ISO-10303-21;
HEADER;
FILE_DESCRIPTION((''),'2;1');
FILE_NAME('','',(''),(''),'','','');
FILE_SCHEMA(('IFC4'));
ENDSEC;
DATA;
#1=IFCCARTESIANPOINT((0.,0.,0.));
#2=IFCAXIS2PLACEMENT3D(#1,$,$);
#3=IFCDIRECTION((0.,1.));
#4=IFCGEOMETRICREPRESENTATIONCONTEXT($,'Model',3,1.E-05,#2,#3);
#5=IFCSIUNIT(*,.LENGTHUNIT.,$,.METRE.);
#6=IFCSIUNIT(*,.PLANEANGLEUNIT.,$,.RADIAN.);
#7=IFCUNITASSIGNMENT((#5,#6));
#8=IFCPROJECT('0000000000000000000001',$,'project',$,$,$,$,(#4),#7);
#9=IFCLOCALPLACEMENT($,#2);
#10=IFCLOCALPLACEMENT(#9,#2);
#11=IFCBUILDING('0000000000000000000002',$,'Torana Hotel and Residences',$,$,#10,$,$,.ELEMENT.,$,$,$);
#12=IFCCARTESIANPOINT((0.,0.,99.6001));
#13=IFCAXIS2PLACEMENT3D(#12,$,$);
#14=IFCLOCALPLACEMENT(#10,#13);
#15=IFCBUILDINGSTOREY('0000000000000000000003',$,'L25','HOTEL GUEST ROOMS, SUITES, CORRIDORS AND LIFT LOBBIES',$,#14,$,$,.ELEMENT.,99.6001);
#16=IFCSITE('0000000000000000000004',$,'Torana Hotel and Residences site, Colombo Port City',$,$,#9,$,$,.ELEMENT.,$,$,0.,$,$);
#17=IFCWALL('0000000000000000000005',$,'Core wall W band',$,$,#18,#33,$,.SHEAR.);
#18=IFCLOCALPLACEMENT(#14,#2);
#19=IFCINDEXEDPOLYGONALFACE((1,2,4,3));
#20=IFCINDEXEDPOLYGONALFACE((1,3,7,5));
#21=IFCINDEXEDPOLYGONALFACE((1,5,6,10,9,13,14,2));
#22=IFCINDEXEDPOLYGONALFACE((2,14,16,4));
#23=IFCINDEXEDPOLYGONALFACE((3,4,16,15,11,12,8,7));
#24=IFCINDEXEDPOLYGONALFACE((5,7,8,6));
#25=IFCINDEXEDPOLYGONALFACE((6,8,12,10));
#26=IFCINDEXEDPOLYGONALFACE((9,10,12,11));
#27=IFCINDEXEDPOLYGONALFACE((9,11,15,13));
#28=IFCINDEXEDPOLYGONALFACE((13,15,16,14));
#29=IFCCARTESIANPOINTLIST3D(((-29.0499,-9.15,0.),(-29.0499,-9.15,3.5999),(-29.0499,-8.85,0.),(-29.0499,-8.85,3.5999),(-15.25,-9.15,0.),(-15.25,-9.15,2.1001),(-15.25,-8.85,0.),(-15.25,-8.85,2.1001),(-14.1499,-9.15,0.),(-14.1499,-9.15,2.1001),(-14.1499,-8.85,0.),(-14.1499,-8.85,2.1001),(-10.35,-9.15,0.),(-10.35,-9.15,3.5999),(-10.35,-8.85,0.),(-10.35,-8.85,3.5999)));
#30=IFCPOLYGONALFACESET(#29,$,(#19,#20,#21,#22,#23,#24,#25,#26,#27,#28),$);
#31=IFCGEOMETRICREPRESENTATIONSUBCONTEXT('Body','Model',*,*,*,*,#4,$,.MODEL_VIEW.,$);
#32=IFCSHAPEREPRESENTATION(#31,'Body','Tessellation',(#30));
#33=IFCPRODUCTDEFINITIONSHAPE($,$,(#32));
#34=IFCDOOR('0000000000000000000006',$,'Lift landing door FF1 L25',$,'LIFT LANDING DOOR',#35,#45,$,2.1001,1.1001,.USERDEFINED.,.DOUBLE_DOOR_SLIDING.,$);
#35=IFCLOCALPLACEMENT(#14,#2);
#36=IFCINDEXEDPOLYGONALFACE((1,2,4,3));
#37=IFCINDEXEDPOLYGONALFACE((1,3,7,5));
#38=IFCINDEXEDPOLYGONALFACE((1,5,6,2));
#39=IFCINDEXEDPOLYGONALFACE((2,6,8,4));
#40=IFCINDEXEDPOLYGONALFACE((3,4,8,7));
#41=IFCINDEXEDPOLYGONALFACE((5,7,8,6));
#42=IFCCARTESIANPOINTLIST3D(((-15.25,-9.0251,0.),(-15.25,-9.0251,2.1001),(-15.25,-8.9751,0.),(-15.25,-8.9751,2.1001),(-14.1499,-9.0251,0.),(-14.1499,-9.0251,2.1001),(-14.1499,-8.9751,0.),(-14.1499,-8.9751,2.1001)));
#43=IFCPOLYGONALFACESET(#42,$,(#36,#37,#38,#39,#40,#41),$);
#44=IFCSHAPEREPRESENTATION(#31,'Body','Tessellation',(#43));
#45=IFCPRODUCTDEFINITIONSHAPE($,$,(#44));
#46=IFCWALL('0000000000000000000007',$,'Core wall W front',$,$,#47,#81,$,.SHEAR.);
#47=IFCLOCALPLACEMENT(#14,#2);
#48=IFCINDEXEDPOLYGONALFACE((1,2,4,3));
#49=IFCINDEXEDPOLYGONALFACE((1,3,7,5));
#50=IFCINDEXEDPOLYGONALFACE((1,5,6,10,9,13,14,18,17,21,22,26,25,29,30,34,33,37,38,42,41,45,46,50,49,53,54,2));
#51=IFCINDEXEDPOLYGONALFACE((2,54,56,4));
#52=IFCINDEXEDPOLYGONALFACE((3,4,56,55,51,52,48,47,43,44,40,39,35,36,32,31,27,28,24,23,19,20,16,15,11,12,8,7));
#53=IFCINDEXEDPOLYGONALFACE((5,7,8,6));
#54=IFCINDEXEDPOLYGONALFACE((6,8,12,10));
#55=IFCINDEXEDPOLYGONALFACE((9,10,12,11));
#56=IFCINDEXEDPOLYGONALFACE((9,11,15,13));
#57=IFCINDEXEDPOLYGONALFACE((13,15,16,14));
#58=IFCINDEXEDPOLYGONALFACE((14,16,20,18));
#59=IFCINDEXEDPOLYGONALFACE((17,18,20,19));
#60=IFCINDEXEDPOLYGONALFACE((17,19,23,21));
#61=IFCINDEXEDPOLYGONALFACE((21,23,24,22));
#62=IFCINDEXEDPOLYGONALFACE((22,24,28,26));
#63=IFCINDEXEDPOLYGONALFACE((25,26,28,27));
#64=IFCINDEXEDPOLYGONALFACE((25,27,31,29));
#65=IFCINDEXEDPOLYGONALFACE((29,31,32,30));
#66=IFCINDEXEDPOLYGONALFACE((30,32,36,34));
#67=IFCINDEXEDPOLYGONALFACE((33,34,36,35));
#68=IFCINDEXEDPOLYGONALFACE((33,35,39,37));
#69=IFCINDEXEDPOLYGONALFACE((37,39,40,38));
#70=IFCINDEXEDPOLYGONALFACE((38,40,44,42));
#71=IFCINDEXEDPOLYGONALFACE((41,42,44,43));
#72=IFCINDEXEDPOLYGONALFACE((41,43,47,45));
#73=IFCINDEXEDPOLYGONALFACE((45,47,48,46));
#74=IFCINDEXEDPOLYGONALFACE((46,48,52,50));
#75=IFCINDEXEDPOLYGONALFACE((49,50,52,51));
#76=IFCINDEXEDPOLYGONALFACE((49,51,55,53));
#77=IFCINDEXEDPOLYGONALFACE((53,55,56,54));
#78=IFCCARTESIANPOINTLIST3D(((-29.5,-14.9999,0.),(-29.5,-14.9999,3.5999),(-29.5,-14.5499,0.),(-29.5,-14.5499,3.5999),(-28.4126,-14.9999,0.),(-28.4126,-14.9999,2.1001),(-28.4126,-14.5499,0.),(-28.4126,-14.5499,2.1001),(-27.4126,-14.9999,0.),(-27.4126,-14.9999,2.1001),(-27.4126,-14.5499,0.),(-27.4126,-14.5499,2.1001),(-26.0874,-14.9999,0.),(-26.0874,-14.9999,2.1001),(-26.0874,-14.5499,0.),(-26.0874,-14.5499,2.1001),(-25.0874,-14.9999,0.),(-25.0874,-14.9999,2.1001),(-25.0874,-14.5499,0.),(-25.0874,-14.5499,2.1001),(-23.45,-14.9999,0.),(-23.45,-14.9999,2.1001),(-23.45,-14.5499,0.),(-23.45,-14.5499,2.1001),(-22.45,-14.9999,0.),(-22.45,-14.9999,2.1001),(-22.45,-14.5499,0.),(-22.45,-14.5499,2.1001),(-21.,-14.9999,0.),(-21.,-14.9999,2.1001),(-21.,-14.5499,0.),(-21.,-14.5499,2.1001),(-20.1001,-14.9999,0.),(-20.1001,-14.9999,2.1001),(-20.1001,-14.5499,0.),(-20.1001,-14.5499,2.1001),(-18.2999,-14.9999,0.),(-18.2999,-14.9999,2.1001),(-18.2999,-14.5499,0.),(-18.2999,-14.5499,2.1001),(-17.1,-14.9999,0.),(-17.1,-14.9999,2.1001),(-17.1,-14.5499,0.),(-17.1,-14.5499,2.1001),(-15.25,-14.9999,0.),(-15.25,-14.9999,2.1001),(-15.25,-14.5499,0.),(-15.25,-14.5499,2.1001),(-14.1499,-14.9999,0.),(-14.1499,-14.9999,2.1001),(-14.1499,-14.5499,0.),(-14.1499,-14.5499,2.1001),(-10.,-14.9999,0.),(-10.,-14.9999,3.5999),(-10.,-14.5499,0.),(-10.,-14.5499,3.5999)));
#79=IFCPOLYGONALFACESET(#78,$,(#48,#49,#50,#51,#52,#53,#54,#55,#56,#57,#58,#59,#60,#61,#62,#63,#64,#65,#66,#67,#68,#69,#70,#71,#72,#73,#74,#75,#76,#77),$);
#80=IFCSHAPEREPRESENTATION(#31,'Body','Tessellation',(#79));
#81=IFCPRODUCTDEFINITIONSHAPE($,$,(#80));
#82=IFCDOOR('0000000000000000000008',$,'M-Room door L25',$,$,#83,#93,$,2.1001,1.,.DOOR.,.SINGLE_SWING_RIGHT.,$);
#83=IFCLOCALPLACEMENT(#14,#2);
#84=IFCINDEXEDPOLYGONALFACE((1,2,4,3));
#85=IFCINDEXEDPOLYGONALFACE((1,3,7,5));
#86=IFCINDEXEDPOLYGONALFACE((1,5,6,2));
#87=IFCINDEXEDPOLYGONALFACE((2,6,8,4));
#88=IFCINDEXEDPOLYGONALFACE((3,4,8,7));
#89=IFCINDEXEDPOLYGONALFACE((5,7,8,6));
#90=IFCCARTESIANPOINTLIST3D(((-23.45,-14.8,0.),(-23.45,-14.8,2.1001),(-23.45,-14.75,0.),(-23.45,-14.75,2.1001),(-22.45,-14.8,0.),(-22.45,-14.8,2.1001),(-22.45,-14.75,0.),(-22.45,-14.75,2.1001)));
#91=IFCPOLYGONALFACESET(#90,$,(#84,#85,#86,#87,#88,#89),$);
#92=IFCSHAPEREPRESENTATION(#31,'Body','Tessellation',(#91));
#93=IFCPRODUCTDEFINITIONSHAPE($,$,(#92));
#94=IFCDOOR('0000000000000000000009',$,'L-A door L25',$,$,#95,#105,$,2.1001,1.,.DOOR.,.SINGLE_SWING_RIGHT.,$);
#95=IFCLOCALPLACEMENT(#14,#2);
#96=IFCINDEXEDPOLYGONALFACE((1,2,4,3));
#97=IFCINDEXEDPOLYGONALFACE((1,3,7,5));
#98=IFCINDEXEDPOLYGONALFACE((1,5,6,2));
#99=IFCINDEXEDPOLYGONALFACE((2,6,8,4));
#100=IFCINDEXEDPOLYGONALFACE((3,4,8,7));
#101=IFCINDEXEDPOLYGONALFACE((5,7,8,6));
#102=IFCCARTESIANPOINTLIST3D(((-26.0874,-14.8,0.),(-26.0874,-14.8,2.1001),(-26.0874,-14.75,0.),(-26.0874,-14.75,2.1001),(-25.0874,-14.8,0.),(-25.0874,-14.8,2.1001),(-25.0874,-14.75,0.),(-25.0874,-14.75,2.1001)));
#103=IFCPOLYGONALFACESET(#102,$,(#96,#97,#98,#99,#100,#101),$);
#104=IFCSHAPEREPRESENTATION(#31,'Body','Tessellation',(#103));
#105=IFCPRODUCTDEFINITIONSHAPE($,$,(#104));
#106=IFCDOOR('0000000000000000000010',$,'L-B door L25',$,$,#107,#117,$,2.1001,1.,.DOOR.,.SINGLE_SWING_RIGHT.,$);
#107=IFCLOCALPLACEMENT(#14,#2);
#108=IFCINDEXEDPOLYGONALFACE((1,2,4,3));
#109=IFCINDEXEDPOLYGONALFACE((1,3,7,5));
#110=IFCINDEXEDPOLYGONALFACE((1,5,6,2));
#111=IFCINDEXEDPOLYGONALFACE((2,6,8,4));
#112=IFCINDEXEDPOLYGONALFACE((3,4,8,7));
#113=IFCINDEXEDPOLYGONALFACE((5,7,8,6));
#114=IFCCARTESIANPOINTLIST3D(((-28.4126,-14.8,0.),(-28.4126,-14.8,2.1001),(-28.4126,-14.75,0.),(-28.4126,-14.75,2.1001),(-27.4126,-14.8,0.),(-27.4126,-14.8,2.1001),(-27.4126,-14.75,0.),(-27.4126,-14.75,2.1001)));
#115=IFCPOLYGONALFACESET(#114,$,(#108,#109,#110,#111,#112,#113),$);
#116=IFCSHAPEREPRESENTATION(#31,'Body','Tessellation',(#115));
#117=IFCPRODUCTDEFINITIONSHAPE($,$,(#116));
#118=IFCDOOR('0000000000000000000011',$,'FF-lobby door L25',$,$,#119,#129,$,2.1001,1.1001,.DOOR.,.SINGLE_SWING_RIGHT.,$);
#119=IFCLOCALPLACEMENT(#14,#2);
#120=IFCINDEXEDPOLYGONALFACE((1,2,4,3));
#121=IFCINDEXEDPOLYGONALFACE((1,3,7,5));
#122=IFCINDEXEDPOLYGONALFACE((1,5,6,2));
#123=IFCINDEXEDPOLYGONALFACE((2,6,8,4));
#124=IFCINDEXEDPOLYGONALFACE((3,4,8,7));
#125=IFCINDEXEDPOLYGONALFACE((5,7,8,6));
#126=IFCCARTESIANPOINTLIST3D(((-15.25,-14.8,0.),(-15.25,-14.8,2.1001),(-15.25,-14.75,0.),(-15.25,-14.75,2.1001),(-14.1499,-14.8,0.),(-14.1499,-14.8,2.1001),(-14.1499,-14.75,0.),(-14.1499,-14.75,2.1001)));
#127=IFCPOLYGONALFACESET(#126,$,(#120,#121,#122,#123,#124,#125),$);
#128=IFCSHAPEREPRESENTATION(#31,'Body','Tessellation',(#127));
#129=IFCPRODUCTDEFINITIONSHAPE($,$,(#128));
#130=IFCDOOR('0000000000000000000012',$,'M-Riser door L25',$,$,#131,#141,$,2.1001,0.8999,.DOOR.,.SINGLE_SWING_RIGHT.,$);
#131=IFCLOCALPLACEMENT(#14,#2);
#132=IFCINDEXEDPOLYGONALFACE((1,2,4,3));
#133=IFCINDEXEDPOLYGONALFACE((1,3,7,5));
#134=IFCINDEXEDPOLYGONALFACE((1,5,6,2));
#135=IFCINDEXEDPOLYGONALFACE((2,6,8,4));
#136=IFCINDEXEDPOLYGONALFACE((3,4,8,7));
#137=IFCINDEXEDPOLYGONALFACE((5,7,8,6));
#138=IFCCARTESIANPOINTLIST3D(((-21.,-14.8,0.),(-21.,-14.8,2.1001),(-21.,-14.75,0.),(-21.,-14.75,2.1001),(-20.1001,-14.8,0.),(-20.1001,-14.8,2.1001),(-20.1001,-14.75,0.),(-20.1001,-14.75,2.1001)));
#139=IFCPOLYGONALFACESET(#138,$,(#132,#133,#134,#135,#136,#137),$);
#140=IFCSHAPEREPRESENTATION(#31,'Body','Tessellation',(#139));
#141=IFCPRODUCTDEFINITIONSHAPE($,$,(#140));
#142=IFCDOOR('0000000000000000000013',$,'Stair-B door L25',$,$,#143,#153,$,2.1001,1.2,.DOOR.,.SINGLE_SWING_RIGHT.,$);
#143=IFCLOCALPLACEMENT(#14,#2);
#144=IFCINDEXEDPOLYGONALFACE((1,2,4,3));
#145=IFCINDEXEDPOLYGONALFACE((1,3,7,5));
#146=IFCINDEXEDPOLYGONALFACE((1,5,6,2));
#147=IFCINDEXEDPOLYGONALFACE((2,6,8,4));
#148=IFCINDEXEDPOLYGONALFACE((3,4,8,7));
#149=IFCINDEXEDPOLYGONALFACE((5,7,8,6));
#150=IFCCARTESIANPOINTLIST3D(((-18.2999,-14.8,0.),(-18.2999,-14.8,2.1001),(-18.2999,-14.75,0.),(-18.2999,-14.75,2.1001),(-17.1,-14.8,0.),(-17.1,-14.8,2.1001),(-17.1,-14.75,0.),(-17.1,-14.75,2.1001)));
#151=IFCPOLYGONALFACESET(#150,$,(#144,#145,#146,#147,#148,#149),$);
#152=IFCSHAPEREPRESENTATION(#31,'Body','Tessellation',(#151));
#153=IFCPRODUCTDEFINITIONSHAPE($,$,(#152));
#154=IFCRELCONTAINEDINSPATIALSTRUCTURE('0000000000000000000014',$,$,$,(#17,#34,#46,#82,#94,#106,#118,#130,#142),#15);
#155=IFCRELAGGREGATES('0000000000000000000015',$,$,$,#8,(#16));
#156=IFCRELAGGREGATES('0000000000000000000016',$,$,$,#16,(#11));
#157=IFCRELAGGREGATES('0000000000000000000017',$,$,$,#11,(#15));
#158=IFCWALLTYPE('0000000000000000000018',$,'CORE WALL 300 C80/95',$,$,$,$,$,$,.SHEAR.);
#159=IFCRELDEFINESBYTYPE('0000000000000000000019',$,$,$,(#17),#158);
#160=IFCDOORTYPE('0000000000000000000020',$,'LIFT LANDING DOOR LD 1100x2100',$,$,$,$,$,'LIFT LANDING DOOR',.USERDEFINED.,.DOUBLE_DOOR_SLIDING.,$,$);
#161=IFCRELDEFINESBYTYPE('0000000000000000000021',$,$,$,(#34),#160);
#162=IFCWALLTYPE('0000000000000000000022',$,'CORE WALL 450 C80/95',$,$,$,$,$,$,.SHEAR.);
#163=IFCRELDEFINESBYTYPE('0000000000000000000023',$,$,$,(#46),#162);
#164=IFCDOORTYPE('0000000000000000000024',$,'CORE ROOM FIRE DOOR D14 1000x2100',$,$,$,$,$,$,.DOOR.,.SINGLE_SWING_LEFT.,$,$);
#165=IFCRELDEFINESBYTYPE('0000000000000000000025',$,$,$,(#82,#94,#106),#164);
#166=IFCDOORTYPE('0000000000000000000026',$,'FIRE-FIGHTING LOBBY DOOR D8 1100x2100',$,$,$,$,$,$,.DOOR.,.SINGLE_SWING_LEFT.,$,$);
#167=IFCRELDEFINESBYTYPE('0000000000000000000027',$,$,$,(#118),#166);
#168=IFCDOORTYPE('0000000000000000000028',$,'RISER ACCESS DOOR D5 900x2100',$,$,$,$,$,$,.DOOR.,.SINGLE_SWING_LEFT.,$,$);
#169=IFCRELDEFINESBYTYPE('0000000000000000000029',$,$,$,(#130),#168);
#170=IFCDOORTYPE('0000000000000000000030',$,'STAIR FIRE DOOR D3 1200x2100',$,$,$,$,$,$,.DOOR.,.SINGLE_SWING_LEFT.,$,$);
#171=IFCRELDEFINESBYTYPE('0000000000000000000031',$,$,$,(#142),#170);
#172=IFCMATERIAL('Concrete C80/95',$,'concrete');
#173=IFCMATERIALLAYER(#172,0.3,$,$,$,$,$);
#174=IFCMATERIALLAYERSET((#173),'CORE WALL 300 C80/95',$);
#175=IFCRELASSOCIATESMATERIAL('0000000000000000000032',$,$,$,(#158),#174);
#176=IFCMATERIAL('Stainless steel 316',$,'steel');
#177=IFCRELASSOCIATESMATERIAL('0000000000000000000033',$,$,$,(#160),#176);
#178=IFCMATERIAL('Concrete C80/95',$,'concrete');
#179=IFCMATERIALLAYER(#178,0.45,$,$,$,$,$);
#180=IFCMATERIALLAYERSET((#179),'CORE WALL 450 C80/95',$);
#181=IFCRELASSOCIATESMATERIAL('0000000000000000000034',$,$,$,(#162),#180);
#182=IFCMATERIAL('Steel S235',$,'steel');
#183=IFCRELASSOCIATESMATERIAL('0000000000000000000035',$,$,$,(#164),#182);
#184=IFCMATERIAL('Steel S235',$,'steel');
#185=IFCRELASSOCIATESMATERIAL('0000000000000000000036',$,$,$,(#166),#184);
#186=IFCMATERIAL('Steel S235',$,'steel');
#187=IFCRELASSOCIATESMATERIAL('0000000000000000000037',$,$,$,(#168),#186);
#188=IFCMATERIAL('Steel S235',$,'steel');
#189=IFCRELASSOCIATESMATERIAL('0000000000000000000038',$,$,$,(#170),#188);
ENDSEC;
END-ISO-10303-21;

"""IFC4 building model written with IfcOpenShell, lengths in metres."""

from ifc_helpers import new_model, si_unit, direction, frame, frame_2d, origin, place, context, subcontext, project, spatial, rectangle, extrude, material, layer, layer_set, type_object, element, fill, save


model = new_model("IFC4")

# Units and contexts
model_context = context("Model", 3, precision=1e-05, world=origin(), true_north=direction((0.0, 1.0)))
body_context = subcontext(model_context, "Body", "Model", "MODEL_VIEW")
ifc_project = project(units=[si_unit("LENGTHUNIT", "METRE"), si_unit("PLANEANGLEUNIT", "RADIAN")], contexts=[model_context])

# Site, building, storey
site_placement = place(None, origin())
site = spatial("IfcSite", under=ifc_project, at=site_placement, Name="Torana Hotel and Residences site, Colombo Port City", CompositionType="ELEMENT", RefElevation=0.0)
building_placement = place(site_placement, origin())
building = spatial("IfcBuilding", under=site, at=building_placement, Name="Torana Hotel and Residences", CompositionType="ELEMENT")
storey_placement = place(building_placement, frame((0.0, 0.0, 99.6001)))
storey = spatial("IfcBuildingStorey", under=building, at=storey_placement, Name="L25", Description="HOTEL GUEST ROOMS, SUITES, CORRIDORS AND LIFT LOBBIES", CompositionType="ELEMENT", Elevation=99.6001)

# Wall, opening, door
ifc_material_1 = material(Name="Concrete C80/95", Category="concrete")
ifc_layer_1 = layer(ifc_material_1, 0.3)
ifc_layer_set_1 = layer_set([ifc_layer_1], Name="CORE WALL 300 C80/95")
wall_type_1 = type_object("IfcWallType", Name="CORE WALL 300 C80/95", PredefinedType="SHEAR", material=ifc_layer_set_1)
wall_1_placement = place(storey_placement, frame((-29.05, -9.0, 0.0), z_axis=(0.0, 0.0, 1.0), x_axis=(1.0, 0.0, 0.0)))
wall_1 = element("IfcWall", 1, at=wall_1_placement, inside=storey, type_object=wall_type_1, Name="Core wall W band", PredefinedType="SHEAR", context=body_context, shape_type="SweptSolid", body=[
    extrude(rectangle(XDim=18.7, YDim=0.3, at=frame_2d((9.3501, 0.0))), origin(), (0.0, 0.0, 1.0), 3.5999),
])
opening_1_placement = place(wall_1_placement, frame((13.8, 0.0, 0.0)))
opening_1 = element("IfcOpeningElement", 2, at=opening_1_placement, cuts=wall_1, PredefinedType="OPENING", context=body_context, shape_type="SweptSolid", body=[
    extrude(rectangle(XDim=1.1001, YDim=2.1001, at=frame_2d((0.55, 1.05))), frame((0.0, 0.1599, 0.0), z_axis=(0.0, -1.0, 0.0), x_axis=(1.0, 0.0, 0.0)), (0.0, 0.0, 1.0), 0.3201),
])
ifc_material_2 = material(Name="Stainless steel 316", Category="steel")
door_type_1 = type_object("IfcDoorType", Name="LIFT LANDING DOOR LD 1100x2100", ElementType="LIFT LANDING DOOR", OperationType="DOUBLE_DOOR_SLIDING", PredefinedType="USERDEFINED", material=ifc_material_2)
door_1_placement = place(opening_1_placement, origin())
door_1 = element("IfcDoor", 3, at=door_1_placement, inside=storey, type_object=door_type_1, Name="Lift landing door FF1 L25", ObjectType="LIFT LANDING DOOR", OperationType="DOUBLE_DOOR_SLIDING", OverallHeight=2.1001, OverallWidth=1.1001, PredefinedType="USERDEFINED", context=body_context, shape_type="SweptSolid", body=[
    extrude(rectangle(XDim=1.1001, YDim=2.1001, at=frame_2d((0.55, 1.05))), frame((0.0, 0.0249, 0.0), z_axis=(0.0, -1.0, 0.0), x_axis=(1.0, 0.0, 0.0)), (0.0, 0.0, 1.0), 0.05),
])
fill(opening_1, door_1)

# Wall, openings, doors
ifc_material_3 = material(Name="Concrete C80/95", Category="concrete")
ifc_layer_2 = layer(ifc_material_3, 0.45)
ifc_layer_set_2 = layer_set([ifc_layer_2], Name="CORE WALL 450 C80/95")
wall_type_2 = type_object("IfcWallType", Name="CORE WALL 450 C80/95", PredefinedType="SHEAR", material=ifc_layer_set_2)
wall_2_placement = place(storey_placement, frame((-29.5, -14.7749, 0.0), z_axis=(0.0, 0.0, 1.0), x_axis=(1.0, 0.0, 0.0)))
wall_2 = element("IfcWall", 4, at=wall_2_placement, inside=storey, type_object=wall_type_2, Name="Core wall W front", PredefinedType="SHEAR", context=body_context, shape_type="SweptSolid", body=[
    extrude(rectangle(XDim=19.5, YDim=0.45, at=frame_2d((9.75, 0.0))), origin(), (0.0, 0.0, 1.0), 3.5999),
])
opening_2_placement = place(wall_2_placement, frame((11.2, 0.0, 0.0)))
opening_2 = element("IfcOpeningElement", 5, at=opening_2_placement, cuts=wall_2, PredefinedType="OPENING", context=body_context, shape_type="SweptSolid", body=[
    extrude(rectangle(XDim=1.2, YDim=2.1001, at=frame_2d((0.6001, 1.05))), frame((0.0, 0.2349, 0.0), z_axis=(0.0, -1.0, 0.0), x_axis=(1.0, 0.0, 0.0)), (0.0, 0.0, 1.0), 0.47),
])
opening_3_placement = place(wall_2_placement, frame((14.25, 0.0, 0.0)))
opening_3 = element("IfcOpeningElement", 6, at=opening_3_placement, cuts=wall_2, PredefinedType="OPENING", context=body_context, shape_type="SweptSolid", body=[
    extrude(rectangle(XDim=1.1001, YDim=2.1001, at=frame_2d((0.55, 1.05))), frame((0.0, 0.2349, 0.0), z_axis=(0.0, -1.0, 0.0), x_axis=(1.0, 0.0, 0.0)), (0.0, 0.0, 1.0), 0.47),
])
opening_4_placement = place(wall_2_placement, frame((8.5, 0.0, 0.0)))
opening_4 = element("IfcOpeningElement", 7, at=opening_4_placement, cuts=wall_2, PredefinedType="OPENING", context=body_context, shape_type="SweptSolid", body=[
    extrude(rectangle(XDim=0.8999, YDim=2.1001, at=frame_2d((0.45, 1.05))), frame((0.0, 0.2349, 0.0), z_axis=(0.0, -1.0, 0.0), x_axis=(1.0, 0.0, 0.0)), (0.0, 0.0, 1.0), 0.47),
])
opening_5_placement = place(wall_2_placement, frame((6.05, 0.0, 0.0)))
opening_5 = element("IfcOpeningElement", 8, at=opening_5_placement, cuts=wall_2, PredefinedType="OPENING", context=body_context, shape_type="SweptSolid", body=[
    extrude(rectangle(XDim=1.0, YDim=2.1001, at=frame_2d((0.5, 1.05))), frame((0.0, 0.2349, 0.0), z_axis=(0.0, -1.0, 0.0), x_axis=(1.0, 0.0, 0.0)), (0.0, 0.0, 1.0), 0.47),
])
opening_6_placement = place(wall_2_placement, frame((3.4126, 0.0, 0.0)))
opening_6 = element("IfcOpeningElement", 9, at=opening_6_placement, cuts=wall_2, PredefinedType="OPENING", context=body_context, shape_type="SweptSolid", body=[
    extrude(rectangle(XDim=1.0, YDim=2.1001, at=frame_2d((0.5, 1.05))), frame((0.0, 0.2349, 0.0), z_axis=(0.0, -1.0, 0.0), x_axis=(1.0, 0.0, 0.0)), (0.0, 0.0, 1.0), 0.47),
])
opening_7_placement = place(wall_2_placement, frame((1.0874, 0.0, 0.0)))
opening_7 = element("IfcOpeningElement", 10, at=opening_7_placement, cuts=wall_2, PredefinedType="OPENING", context=body_context, shape_type="SweptSolid", body=[
    extrude(rectangle(XDim=1.0, YDim=2.1001, at=frame_2d((0.5, 1.05))), frame((0.0, 0.2349, 0.0), z_axis=(0.0, -1.0, 0.0), x_axis=(1.0, 0.0, 0.0)), (0.0, 0.0, 1.0), 0.47),
])
ifc_material_4 = material(Name="Steel S235", Category="steel")
door_type_2 = type_object("IfcDoorType", Name="CORE ROOM FIRE DOOR D14 1000x2100", OperationType="SINGLE_SWING_LEFT", PredefinedType="DOOR", material=ifc_material_4)
door_2_placement = place(opening_5_placement, origin())
door_2 = element("IfcDoor", 11, at=door_2_placement, inside=storey, type_object=door_type_2, Name="M-Room door L25", OperationType="SINGLE_SWING_RIGHT", OverallHeight=2.1001, OverallWidth=1.0, PredefinedType="DOOR", context=body_context, shape_type="SweptSolid", body=[
    extrude(rectangle(XDim=1.0, YDim=2.1001, at=frame_2d((0.5, 1.05))), frame((0.0, 0.0249, 0.0), z_axis=(0.0, -1.0, 0.0), x_axis=(1.0, 0.0, 0.0)), (0.0, 0.0, 1.0), 0.05),
])
fill(opening_5, door_2)
door_3_placement = place(opening_6_placement, origin())
door_3 = element("IfcDoor", 12, at=door_3_placement, inside=storey, type_object=door_type_2, Name="L-A door L25", OperationType="SINGLE_SWING_RIGHT", OverallHeight=2.1001, OverallWidth=1.0, PredefinedType="DOOR", context=body_context, shape_type="SweptSolid", body=[
    extrude(rectangle(XDim=1.0, YDim=2.1001, at=frame_2d((0.5, 1.05))), frame((0.0, 0.0249, 0.0), z_axis=(0.0, -1.0, 0.0), x_axis=(1.0, 0.0, 0.0)), (0.0, 0.0, 1.0), 0.05),
])
fill(opening_6, door_3)
door_4_placement = place(opening_7_placement, origin())
door_4 = element("IfcDoor", 13, at=door_4_placement, inside=storey, type_object=door_type_2, Name="L-B door L25", OperationType="SINGLE_SWING_RIGHT", OverallHeight=2.1001, OverallWidth=1.0, PredefinedType="DOOR", context=body_context, shape_type="SweptSolid", body=[
    extrude(rectangle(XDim=1.0, YDim=2.1001, at=frame_2d((0.5, 1.05))), frame((0.0, 0.0249, 0.0), z_axis=(0.0, -1.0, 0.0), x_axis=(1.0, 0.0, 0.0)), (0.0, 0.0, 1.0), 0.05),
])
fill(opening_7, door_4)
ifc_material_5 = material(Name="Steel S235", Category="steel")
door_type_3 = type_object("IfcDoorType", Name="FIRE-FIGHTING LOBBY DOOR D8 1100x2100", OperationType="SINGLE_SWING_LEFT", PredefinedType="DOOR", material=ifc_material_5)
door_5_placement = place(opening_3_placement, origin())
door_5 = element("IfcDoor", 14, at=door_5_placement, inside=storey, type_object=door_type_3, Name="FF-lobby door L25", OperationType="SINGLE_SWING_RIGHT", OverallHeight=2.1001, OverallWidth=1.1001, PredefinedType="DOOR", context=body_context, shape_type="SweptSolid", body=[
    extrude(rectangle(XDim=1.1001, YDim=2.1001, at=frame_2d((0.55, 1.05))), frame((0.0, 0.0249, 0.0), z_axis=(0.0, -1.0, 0.0), x_axis=(1.0, 0.0, 0.0)), (0.0, 0.0, 1.0), 0.05),
])
fill(opening_3, door_5)
ifc_material_6 = material(Name="Steel S235", Category="steel")
door_type_4 = type_object("IfcDoorType", Name="RISER ACCESS DOOR D5 900x2100", OperationType="SINGLE_SWING_LEFT", PredefinedType="DOOR", material=ifc_material_6)
door_6_placement = place(opening_4_placement, origin())
door_6 = element("IfcDoor", 15, at=door_6_placement, inside=storey, type_object=door_type_4, Name="M-Riser door L25", OperationType="SINGLE_SWING_RIGHT", OverallHeight=2.1001, OverallWidth=0.8999, PredefinedType="DOOR", context=body_context, shape_type="SweptSolid", body=[
    extrude(rectangle(XDim=0.8999, YDim=2.1001, at=frame_2d((0.45, 1.05))), frame((0.0, 0.0249, 0.0), z_axis=(0.0, -1.0, 0.0), x_axis=(1.0, 0.0, 0.0)), (0.0, 0.0, 1.0), 0.05),
])
fill(opening_4, door_6)
ifc_material_7 = material(Name="Steel S235", Category="steel")
door_type_5 = type_object("IfcDoorType", Name="STAIR FIRE DOOR D3 1200x2100", OperationType="SINGLE_SWING_LEFT", PredefinedType="DOOR", material=ifc_material_7)
door_7_placement = place(opening_2_placement, origin())
door_7 = element("IfcDoor", 16, at=door_7_placement, inside=storey, type_object=door_type_5, Name="Stair-B door L25", OperationType="SINGLE_SWING_RIGHT", OverallHeight=2.1001, OverallWidth=1.2, PredefinedType="DOOR", context=body_context, shape_type="SweptSolid", body=[
    extrude(rectangle(XDim=1.2, YDim=2.1001, at=frame_2d((0.6001, 1.05))), frame((0.0, 0.0249, 0.0), z_axis=(0.0, -1.0, 0.0), x_axis=(1.0, 0.0, 0.0)), (0.0, 0.0, 1.0), 0.05),
])
fill(opening_2, door_7)

save(model, "model.ifc")
